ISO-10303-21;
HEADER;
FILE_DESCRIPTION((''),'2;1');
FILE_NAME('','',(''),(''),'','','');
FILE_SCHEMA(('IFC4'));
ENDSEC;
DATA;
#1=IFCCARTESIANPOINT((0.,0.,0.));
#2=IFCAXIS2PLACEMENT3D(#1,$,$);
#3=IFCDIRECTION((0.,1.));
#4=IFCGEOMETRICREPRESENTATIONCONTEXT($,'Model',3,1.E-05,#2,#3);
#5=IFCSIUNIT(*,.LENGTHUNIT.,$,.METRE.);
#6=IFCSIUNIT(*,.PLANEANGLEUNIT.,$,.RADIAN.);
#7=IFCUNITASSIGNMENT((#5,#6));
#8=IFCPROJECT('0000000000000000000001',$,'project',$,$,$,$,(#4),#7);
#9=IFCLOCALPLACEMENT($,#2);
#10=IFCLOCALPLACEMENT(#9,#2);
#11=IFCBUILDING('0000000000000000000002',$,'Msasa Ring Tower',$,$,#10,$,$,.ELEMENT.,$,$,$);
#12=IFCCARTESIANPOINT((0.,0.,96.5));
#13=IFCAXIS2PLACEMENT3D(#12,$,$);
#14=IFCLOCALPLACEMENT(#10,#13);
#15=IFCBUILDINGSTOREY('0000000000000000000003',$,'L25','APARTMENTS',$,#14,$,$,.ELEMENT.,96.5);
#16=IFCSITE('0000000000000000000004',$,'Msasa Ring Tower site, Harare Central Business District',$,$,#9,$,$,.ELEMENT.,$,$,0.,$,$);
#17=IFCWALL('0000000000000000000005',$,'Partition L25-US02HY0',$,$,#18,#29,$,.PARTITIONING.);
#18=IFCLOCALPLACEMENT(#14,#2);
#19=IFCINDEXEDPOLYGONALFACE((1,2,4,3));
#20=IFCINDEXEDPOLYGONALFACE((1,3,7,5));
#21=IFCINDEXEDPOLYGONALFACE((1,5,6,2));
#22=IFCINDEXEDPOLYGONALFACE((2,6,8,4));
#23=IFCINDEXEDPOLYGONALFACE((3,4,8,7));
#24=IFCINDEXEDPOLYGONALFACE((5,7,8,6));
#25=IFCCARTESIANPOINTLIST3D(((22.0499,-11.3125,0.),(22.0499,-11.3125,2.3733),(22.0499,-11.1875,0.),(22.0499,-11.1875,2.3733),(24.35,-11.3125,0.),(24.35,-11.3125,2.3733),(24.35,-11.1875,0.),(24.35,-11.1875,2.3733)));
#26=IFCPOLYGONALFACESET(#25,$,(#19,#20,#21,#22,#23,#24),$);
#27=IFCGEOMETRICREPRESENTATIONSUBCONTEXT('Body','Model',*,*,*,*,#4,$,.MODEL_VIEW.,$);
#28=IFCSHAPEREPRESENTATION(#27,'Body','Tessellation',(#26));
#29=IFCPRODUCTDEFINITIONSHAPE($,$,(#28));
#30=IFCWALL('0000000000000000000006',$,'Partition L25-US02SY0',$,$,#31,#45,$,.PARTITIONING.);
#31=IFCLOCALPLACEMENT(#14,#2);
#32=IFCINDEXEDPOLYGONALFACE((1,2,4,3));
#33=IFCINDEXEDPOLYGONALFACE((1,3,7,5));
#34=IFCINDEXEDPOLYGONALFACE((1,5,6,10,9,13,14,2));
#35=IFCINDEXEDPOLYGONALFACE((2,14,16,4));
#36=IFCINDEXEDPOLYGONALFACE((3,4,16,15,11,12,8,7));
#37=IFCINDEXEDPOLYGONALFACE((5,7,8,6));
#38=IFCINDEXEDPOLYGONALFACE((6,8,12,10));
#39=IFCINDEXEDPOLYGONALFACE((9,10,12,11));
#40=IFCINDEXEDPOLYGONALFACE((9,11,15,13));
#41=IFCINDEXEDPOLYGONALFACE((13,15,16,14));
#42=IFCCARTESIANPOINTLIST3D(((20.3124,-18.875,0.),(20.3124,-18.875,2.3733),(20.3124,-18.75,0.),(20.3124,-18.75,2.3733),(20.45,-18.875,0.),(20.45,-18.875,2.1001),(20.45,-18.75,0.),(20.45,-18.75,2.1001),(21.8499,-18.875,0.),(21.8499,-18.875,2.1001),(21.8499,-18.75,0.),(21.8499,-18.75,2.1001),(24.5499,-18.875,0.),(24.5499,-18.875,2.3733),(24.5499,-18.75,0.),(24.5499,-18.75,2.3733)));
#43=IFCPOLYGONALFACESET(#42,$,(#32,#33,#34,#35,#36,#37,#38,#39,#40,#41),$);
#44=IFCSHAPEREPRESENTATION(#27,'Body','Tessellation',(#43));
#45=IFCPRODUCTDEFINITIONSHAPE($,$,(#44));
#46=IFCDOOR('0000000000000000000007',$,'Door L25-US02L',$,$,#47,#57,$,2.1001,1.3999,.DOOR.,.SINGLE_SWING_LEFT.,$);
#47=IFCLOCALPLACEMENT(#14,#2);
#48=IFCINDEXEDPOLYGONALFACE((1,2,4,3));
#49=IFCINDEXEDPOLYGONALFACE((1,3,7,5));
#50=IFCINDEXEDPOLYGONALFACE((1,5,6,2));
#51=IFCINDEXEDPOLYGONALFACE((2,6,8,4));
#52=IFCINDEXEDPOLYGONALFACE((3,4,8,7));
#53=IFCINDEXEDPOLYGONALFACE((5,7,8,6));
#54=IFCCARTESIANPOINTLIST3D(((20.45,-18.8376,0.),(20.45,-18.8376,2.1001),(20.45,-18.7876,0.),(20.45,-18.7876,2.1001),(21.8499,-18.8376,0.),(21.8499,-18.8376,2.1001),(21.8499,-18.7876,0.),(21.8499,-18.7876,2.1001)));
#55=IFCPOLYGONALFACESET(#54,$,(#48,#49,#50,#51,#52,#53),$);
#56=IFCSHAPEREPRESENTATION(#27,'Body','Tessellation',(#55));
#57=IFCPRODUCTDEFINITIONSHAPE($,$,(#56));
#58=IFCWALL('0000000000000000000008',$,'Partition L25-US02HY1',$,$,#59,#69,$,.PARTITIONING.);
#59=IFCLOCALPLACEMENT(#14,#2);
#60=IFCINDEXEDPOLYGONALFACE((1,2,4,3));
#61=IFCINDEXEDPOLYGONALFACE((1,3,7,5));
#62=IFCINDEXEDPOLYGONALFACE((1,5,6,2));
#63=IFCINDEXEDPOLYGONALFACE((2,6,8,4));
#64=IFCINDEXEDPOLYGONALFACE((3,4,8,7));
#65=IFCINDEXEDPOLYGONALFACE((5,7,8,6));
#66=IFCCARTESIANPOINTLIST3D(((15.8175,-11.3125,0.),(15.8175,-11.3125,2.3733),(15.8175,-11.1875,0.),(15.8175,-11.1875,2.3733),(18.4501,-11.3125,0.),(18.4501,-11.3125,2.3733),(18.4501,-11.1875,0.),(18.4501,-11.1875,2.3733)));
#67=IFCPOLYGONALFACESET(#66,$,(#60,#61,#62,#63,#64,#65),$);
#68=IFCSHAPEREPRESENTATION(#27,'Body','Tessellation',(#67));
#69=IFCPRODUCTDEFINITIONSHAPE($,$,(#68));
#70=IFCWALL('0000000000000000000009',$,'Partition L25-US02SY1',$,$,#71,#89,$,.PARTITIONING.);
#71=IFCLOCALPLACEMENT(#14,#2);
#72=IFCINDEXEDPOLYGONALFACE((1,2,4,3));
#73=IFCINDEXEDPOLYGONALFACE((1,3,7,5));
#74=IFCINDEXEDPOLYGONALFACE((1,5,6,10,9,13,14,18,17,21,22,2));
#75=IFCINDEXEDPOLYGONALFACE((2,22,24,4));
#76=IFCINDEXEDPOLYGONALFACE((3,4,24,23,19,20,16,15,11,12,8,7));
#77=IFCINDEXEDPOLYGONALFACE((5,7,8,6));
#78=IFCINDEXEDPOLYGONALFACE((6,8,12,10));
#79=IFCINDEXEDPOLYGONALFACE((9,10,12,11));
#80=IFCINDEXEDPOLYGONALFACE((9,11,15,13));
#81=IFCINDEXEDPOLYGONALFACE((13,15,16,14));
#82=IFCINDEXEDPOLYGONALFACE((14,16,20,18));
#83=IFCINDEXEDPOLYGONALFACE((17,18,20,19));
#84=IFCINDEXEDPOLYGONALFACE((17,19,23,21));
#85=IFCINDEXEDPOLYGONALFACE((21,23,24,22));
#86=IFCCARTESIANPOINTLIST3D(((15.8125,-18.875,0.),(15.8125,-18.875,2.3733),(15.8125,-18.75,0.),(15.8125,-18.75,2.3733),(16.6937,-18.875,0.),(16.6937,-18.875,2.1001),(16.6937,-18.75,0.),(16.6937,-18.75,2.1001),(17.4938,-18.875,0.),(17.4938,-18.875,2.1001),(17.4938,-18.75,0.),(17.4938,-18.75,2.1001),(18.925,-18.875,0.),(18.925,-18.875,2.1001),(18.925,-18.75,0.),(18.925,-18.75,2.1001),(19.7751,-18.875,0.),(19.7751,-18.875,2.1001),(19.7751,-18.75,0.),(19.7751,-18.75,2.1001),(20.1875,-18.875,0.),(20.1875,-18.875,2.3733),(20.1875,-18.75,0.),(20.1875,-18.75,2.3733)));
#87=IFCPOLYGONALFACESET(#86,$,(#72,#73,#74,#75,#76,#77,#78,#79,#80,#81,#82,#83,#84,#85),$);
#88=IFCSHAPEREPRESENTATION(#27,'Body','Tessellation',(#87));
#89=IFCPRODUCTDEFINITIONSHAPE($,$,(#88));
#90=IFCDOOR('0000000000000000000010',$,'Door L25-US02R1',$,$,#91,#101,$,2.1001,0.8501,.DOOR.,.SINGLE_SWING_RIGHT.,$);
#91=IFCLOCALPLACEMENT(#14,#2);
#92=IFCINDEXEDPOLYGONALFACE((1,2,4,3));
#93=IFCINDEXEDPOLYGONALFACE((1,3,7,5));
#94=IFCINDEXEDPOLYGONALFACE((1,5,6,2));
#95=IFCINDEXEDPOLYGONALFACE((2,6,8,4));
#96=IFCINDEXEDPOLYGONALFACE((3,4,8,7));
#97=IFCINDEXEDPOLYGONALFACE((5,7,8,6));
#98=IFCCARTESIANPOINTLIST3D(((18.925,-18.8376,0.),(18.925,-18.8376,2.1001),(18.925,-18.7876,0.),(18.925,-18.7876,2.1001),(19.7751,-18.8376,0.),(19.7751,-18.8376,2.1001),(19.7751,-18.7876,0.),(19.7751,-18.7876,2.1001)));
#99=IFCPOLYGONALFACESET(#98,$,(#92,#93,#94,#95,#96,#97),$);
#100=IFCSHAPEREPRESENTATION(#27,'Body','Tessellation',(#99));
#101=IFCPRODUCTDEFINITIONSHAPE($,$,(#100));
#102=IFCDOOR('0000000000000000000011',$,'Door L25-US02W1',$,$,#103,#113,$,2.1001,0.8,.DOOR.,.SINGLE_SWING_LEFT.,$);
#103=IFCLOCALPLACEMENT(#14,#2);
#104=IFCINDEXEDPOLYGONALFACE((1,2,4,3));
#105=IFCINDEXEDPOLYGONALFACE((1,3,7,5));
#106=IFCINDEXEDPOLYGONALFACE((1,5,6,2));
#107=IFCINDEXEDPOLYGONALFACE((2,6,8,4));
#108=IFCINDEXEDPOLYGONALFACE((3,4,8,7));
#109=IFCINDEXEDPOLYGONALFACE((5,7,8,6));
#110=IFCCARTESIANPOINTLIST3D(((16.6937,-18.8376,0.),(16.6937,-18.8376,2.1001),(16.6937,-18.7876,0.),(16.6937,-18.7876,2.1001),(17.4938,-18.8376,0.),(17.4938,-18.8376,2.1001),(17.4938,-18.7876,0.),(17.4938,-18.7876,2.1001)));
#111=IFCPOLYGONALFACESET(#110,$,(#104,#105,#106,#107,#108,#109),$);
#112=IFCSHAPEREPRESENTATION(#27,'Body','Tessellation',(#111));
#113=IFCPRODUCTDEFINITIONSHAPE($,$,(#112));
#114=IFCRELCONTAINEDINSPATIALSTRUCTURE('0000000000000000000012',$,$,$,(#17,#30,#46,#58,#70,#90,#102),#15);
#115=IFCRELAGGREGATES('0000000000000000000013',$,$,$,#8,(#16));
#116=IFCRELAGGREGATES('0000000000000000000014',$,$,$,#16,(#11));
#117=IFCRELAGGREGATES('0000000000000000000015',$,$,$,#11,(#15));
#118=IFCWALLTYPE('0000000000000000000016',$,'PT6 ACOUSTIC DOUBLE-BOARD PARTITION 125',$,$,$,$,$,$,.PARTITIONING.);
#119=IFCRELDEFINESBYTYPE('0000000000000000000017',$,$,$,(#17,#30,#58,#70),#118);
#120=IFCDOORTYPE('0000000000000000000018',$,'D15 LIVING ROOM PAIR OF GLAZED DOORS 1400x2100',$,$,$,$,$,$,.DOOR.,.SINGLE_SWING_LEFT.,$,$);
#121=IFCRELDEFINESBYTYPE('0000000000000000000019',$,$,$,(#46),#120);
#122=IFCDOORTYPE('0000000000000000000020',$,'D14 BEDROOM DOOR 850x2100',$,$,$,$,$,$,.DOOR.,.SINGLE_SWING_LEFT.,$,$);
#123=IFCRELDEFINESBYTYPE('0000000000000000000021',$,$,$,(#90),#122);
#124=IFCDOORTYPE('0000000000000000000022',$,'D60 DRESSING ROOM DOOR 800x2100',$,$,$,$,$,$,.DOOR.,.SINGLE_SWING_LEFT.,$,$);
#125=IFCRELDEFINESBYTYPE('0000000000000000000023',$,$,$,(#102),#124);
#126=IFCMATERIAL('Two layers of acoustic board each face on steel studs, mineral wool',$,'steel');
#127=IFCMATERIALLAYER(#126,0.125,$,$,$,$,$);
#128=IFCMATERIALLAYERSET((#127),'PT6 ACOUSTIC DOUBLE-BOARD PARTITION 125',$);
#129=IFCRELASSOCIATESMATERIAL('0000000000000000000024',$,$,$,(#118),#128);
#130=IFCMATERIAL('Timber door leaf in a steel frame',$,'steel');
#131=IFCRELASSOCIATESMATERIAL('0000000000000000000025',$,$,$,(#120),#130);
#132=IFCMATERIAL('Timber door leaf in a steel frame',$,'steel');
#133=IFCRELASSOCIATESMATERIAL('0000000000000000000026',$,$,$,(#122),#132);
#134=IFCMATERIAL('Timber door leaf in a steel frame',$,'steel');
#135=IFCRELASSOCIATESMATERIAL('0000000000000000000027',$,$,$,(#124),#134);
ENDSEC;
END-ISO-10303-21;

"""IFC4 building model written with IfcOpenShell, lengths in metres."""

from ifc_helpers import new_model, si_unit, direction, frame, frame_2d, origin, place, context, subcontext, project, spatial, rectangle, extrude, material, layer, layer_set, type_object, element, fill, save


model = new_model("IFC4")

# Units and contexts
model_context = context("Model", 3, precision=1e-05, world=origin(), true_north=direction((0.0, 1.0)))
body_context = subcontext(model_context, "Body", "Model", "MODEL_VIEW")
ifc_project = project(units=[si_unit("LENGTHUNIT", "METRE"), si_unit("PLANEANGLEUNIT", "RADIAN")], contexts=[model_context])

# Site, building, storey
site_placement = place(None, origin())
site = spatial("IfcSite", under=ifc_project, at=site_placement, Name="Msasa Ring Tower site, Harare Central Business District", CompositionType="ELEMENT", RefElevation=0.0)
building_placement = place(site_placement, origin())
building = spatial("IfcBuilding", under=site, at=building_placement, Name="Msasa Ring Tower", CompositionType="ELEMENT")
storey_placement = place(building_placement, frame((0.0, 0.0, 96.5)))
storey = spatial("IfcBuildingStorey", under=building, at=storey_placement, Name="L25", Description="APARTMENTS", CompositionType="ELEMENT", Elevation=96.5)

# Wall
ifc_material_1 = material(Name="Two layers of acoustic board each face on steel studs, mineral wool", Category="steel")
ifc_layer_1 = layer(ifc_material_1, 0.125)
ifc_layer_set_1 = layer_set([ifc_layer_1], Name="PT6 ACOUSTIC DOUBLE-BOARD PARTITION 125")
wall_type_1 = type_object("IfcWallType", Name="PT6 ACOUSTIC DOUBLE-BOARD PARTITION 125", PredefinedType="PARTITIONING", material=ifc_layer_set_1)
wall_1_placement = place(storey_placement, frame((22.05, -11.25, 0.0), z_axis=(0.0, 0.0, 1.0), x_axis=(1.0, 0.0, 0.0)))
element("IfcWall", 1, at=wall_1_placement, inside=storey, type_object=wall_type_1, Name="Partition L25-US02HY0", PredefinedType="PARTITIONING", context=body_context, shape_type="SweptSolid", body=[
    extrude(rectangle(XDim=2.3, YDim=0.125, at=frame_2d((1.1499, 0.0))), origin(), (0.0, 0.0, 1.0), 2.3733),
])

# Wall, opening, door
wall_2_placement = place(storey_placement, frame((20.3125, -18.8125, 0.0), z_axis=(0.0, 0.0, 1.0), x_axis=(1.0, 0.0, 0.0)))
wall_2 = element("IfcWall", 2, at=wall_2_placement, inside=storey, type_object=wall_type_1, Name="Partition L25-US02SY0", PredefinedType="PARTITIONING", context=body_context, shape_type="SweptSolid", body=[
    extrude(rectangle(XDim=4.2375, YDim=0.125, at=frame_2d((2.1187, 0.0))), origin(), (0.0, 0.0, 1.0), 2.3733),
])
opening_1_placement = place(wall_2_placement, frame((0.1375, 0.0, 0.0)))
opening_1 = element("IfcOpeningElement", 3, at=opening_1_placement, cuts=wall_2, PredefinedType="OPENING", context=body_context, shape_type="SweptSolid", body=[
    extrude(rectangle(XDim=1.3999, YDim=2.1001, at=frame_2d((0.7, 1.05))), frame((0.0, 0.0725, 0.0), z_axis=(0.0, -1.0, 0.0), x_axis=(1.0, 0.0, 0.0)), (0.0, 0.0, 1.0), 0.145),
])
ifc_material_2 = material(Name="Timber door leaf in a steel frame", Category="steel")
door_type_1 = type_object("IfcDoorType", Name="D15 LIVING ROOM PAIR OF GLAZED DOORS 1400x2100", OperationType="SINGLE_SWING_LEFT", PredefinedType="DOOR", material=ifc_material_2)
door_1_placement = place(opening_1_placement, origin())
door_1 = element("IfcDoor", 4, at=door_1_placement, inside=storey, type_object=door_type_1, Name="Door L25-US02L", OperationType="SINGLE_SWING_LEFT", OverallHeight=2.1001, OverallWidth=1.3999, PredefinedType="DOOR", context=body_context, shape_type="SweptSolid", body=[
    extrude(rectangle(XDim=1.3999, YDim=2.1001, at=frame_2d((0.7, 1.05))), frame((0.0, 0.0249, 0.0), z_axis=(0.0, -1.0, 0.0), x_axis=(1.0, 0.0, 0.0)), (0.0, 0.0, 1.0), 0.05),
])
fill(opening_1, door_1)

# Wall
wall_3_placement = place(storey_placement, frame((15.8174, -11.25, 0.0), z_axis=(0.0, 0.0, 1.0), x_axis=(1.0, 0.0, 0.0)))
element("IfcWall", 5, at=wall_3_placement, inside=storey, type_object=wall_type_1, Name="Partition L25-US02HY1", PredefinedType="PARTITIONING", context=body_context, shape_type="SweptSolid", body=[
    extrude(rectangle(XDim=2.6326, YDim=0.125, at=frame_2d((1.3164, 0.0))), origin(), (0.0, 0.0, 1.0), 2.3733),
])

# Wall, openings, doors
wall_4_placement = place(storey_placement, frame((15.8125, -18.8125, 0.0), z_axis=(0.0, 0.0, 1.0), x_axis=(1.0, 0.0, 0.0)))
wall_4 = element("IfcWall", 6, at=wall_4_placement, inside=storey, type_object=wall_type_1, Name="Partition L25-US02SY1", PredefinedType="PARTITIONING", context=body_context, shape_type="SweptSolid", body=[
    extrude(rectangle(XDim=4.375, YDim=0.125, at=frame_2d((2.1875, 0.0))), origin(), (0.0, 0.0, 1.0), 2.3733),
])
opening_2_placement = place(wall_4_placement, frame((3.1125, 0.0, 0.0)))
opening_2 = element("IfcOpeningElement", 7, at=opening_2_placement, cuts=wall_4, PredefinedType="OPENING", context=body_context, shape_type="SweptSolid", body=[
    extrude(rectangle(XDim=0.8501, YDim=2.1001, at=frame_2d((0.425, 1.05))), frame((0.0, 0.0725, 0.0), z_axis=(0.0, -1.0, 0.0), x_axis=(1.0, 0.0, 0.0)), (0.0, 0.0, 1.0), 0.145),
])
opening_3_placement = place(wall_4_placement, frame((0.8813, 0.0, 0.0)))
opening_3 = element("IfcOpeningElement", 8, at=opening_3_placement, cuts=wall_4, PredefinedType="OPENING", context=body_context, shape_type="SweptSolid", body=[
    extrude(rectangle(XDim=0.8, YDim=2.1001, at=frame_2d((0.3999, 1.05))), frame((0.0, 0.0725, 0.0), z_axis=(0.0, -1.0, 0.0), x_axis=(1.0, 0.0, 0.0)), (0.0, 0.0, 1.0), 0.145),
])
ifc_material_3 = material(Name="Timber door leaf in a steel frame", Category="steel")
door_type_2 = type_object("IfcDoorType", Name="D14 BEDROOM DOOR 850x2100", OperationType="SINGLE_SWING_LEFT", PredefinedType="DOOR", material=ifc_material_3)
door_2_placement = place(opening_2_placement, origin())
door_2 = element("IfcDoor", 9, at=door_2_placement, inside=storey, type_object=door_type_2, Name="Door L25-US02R1", OperationType="SINGLE_SWING_RIGHT", OverallHeight=2.1001, OverallWidth=0.8501, PredefinedType="DOOR", context=body_context, shape_type="SweptSolid", body=[
    extrude(rectangle(XDim=0.8501, YDim=2.1001, at=frame_2d((0.425, 1.05))), frame((0.0, 0.0249, 0.0), z_axis=(0.0, -1.0, 0.0), x_axis=(1.0, 0.0, 0.0)), (0.0, 0.0, 1.0), 0.05),
])
fill(opening_2, door_2)
ifc_material_4 = material(Name="Timber door leaf in a steel frame", Category="steel")
door_type_3 = type_object("IfcDoorType", Name="D60 DRESSING ROOM DOOR 800x2100", OperationType="SINGLE_SWING_LEFT", PredefinedType="DOOR", material=ifc_material_4)
door_3_placement = place(opening_3_placement, origin())
door_3 = element("IfcDoor", 10, at=door_3_placement, inside=storey, type_object=door_type_3, Name="Door L25-US02W1", OperationType="SINGLE_SWING_LEFT", OverallHeight=2.1001, OverallWidth=0.8, PredefinedType="DOOR", context=body_context, shape_type="SweptSolid", body=[
    extrude(rectangle(XDim=0.8, YDim=2.1001, at=frame_2d((0.3999, 1.05))), frame((0.0, 0.0249, 0.0), z_axis=(0.0, -1.0, 0.0), x_axis=(1.0, 0.0, 0.0)), (0.0, 0.0, 1.0), 0.05),
])
fill(opening_3, door_3)

save(model, "model.ifc")
